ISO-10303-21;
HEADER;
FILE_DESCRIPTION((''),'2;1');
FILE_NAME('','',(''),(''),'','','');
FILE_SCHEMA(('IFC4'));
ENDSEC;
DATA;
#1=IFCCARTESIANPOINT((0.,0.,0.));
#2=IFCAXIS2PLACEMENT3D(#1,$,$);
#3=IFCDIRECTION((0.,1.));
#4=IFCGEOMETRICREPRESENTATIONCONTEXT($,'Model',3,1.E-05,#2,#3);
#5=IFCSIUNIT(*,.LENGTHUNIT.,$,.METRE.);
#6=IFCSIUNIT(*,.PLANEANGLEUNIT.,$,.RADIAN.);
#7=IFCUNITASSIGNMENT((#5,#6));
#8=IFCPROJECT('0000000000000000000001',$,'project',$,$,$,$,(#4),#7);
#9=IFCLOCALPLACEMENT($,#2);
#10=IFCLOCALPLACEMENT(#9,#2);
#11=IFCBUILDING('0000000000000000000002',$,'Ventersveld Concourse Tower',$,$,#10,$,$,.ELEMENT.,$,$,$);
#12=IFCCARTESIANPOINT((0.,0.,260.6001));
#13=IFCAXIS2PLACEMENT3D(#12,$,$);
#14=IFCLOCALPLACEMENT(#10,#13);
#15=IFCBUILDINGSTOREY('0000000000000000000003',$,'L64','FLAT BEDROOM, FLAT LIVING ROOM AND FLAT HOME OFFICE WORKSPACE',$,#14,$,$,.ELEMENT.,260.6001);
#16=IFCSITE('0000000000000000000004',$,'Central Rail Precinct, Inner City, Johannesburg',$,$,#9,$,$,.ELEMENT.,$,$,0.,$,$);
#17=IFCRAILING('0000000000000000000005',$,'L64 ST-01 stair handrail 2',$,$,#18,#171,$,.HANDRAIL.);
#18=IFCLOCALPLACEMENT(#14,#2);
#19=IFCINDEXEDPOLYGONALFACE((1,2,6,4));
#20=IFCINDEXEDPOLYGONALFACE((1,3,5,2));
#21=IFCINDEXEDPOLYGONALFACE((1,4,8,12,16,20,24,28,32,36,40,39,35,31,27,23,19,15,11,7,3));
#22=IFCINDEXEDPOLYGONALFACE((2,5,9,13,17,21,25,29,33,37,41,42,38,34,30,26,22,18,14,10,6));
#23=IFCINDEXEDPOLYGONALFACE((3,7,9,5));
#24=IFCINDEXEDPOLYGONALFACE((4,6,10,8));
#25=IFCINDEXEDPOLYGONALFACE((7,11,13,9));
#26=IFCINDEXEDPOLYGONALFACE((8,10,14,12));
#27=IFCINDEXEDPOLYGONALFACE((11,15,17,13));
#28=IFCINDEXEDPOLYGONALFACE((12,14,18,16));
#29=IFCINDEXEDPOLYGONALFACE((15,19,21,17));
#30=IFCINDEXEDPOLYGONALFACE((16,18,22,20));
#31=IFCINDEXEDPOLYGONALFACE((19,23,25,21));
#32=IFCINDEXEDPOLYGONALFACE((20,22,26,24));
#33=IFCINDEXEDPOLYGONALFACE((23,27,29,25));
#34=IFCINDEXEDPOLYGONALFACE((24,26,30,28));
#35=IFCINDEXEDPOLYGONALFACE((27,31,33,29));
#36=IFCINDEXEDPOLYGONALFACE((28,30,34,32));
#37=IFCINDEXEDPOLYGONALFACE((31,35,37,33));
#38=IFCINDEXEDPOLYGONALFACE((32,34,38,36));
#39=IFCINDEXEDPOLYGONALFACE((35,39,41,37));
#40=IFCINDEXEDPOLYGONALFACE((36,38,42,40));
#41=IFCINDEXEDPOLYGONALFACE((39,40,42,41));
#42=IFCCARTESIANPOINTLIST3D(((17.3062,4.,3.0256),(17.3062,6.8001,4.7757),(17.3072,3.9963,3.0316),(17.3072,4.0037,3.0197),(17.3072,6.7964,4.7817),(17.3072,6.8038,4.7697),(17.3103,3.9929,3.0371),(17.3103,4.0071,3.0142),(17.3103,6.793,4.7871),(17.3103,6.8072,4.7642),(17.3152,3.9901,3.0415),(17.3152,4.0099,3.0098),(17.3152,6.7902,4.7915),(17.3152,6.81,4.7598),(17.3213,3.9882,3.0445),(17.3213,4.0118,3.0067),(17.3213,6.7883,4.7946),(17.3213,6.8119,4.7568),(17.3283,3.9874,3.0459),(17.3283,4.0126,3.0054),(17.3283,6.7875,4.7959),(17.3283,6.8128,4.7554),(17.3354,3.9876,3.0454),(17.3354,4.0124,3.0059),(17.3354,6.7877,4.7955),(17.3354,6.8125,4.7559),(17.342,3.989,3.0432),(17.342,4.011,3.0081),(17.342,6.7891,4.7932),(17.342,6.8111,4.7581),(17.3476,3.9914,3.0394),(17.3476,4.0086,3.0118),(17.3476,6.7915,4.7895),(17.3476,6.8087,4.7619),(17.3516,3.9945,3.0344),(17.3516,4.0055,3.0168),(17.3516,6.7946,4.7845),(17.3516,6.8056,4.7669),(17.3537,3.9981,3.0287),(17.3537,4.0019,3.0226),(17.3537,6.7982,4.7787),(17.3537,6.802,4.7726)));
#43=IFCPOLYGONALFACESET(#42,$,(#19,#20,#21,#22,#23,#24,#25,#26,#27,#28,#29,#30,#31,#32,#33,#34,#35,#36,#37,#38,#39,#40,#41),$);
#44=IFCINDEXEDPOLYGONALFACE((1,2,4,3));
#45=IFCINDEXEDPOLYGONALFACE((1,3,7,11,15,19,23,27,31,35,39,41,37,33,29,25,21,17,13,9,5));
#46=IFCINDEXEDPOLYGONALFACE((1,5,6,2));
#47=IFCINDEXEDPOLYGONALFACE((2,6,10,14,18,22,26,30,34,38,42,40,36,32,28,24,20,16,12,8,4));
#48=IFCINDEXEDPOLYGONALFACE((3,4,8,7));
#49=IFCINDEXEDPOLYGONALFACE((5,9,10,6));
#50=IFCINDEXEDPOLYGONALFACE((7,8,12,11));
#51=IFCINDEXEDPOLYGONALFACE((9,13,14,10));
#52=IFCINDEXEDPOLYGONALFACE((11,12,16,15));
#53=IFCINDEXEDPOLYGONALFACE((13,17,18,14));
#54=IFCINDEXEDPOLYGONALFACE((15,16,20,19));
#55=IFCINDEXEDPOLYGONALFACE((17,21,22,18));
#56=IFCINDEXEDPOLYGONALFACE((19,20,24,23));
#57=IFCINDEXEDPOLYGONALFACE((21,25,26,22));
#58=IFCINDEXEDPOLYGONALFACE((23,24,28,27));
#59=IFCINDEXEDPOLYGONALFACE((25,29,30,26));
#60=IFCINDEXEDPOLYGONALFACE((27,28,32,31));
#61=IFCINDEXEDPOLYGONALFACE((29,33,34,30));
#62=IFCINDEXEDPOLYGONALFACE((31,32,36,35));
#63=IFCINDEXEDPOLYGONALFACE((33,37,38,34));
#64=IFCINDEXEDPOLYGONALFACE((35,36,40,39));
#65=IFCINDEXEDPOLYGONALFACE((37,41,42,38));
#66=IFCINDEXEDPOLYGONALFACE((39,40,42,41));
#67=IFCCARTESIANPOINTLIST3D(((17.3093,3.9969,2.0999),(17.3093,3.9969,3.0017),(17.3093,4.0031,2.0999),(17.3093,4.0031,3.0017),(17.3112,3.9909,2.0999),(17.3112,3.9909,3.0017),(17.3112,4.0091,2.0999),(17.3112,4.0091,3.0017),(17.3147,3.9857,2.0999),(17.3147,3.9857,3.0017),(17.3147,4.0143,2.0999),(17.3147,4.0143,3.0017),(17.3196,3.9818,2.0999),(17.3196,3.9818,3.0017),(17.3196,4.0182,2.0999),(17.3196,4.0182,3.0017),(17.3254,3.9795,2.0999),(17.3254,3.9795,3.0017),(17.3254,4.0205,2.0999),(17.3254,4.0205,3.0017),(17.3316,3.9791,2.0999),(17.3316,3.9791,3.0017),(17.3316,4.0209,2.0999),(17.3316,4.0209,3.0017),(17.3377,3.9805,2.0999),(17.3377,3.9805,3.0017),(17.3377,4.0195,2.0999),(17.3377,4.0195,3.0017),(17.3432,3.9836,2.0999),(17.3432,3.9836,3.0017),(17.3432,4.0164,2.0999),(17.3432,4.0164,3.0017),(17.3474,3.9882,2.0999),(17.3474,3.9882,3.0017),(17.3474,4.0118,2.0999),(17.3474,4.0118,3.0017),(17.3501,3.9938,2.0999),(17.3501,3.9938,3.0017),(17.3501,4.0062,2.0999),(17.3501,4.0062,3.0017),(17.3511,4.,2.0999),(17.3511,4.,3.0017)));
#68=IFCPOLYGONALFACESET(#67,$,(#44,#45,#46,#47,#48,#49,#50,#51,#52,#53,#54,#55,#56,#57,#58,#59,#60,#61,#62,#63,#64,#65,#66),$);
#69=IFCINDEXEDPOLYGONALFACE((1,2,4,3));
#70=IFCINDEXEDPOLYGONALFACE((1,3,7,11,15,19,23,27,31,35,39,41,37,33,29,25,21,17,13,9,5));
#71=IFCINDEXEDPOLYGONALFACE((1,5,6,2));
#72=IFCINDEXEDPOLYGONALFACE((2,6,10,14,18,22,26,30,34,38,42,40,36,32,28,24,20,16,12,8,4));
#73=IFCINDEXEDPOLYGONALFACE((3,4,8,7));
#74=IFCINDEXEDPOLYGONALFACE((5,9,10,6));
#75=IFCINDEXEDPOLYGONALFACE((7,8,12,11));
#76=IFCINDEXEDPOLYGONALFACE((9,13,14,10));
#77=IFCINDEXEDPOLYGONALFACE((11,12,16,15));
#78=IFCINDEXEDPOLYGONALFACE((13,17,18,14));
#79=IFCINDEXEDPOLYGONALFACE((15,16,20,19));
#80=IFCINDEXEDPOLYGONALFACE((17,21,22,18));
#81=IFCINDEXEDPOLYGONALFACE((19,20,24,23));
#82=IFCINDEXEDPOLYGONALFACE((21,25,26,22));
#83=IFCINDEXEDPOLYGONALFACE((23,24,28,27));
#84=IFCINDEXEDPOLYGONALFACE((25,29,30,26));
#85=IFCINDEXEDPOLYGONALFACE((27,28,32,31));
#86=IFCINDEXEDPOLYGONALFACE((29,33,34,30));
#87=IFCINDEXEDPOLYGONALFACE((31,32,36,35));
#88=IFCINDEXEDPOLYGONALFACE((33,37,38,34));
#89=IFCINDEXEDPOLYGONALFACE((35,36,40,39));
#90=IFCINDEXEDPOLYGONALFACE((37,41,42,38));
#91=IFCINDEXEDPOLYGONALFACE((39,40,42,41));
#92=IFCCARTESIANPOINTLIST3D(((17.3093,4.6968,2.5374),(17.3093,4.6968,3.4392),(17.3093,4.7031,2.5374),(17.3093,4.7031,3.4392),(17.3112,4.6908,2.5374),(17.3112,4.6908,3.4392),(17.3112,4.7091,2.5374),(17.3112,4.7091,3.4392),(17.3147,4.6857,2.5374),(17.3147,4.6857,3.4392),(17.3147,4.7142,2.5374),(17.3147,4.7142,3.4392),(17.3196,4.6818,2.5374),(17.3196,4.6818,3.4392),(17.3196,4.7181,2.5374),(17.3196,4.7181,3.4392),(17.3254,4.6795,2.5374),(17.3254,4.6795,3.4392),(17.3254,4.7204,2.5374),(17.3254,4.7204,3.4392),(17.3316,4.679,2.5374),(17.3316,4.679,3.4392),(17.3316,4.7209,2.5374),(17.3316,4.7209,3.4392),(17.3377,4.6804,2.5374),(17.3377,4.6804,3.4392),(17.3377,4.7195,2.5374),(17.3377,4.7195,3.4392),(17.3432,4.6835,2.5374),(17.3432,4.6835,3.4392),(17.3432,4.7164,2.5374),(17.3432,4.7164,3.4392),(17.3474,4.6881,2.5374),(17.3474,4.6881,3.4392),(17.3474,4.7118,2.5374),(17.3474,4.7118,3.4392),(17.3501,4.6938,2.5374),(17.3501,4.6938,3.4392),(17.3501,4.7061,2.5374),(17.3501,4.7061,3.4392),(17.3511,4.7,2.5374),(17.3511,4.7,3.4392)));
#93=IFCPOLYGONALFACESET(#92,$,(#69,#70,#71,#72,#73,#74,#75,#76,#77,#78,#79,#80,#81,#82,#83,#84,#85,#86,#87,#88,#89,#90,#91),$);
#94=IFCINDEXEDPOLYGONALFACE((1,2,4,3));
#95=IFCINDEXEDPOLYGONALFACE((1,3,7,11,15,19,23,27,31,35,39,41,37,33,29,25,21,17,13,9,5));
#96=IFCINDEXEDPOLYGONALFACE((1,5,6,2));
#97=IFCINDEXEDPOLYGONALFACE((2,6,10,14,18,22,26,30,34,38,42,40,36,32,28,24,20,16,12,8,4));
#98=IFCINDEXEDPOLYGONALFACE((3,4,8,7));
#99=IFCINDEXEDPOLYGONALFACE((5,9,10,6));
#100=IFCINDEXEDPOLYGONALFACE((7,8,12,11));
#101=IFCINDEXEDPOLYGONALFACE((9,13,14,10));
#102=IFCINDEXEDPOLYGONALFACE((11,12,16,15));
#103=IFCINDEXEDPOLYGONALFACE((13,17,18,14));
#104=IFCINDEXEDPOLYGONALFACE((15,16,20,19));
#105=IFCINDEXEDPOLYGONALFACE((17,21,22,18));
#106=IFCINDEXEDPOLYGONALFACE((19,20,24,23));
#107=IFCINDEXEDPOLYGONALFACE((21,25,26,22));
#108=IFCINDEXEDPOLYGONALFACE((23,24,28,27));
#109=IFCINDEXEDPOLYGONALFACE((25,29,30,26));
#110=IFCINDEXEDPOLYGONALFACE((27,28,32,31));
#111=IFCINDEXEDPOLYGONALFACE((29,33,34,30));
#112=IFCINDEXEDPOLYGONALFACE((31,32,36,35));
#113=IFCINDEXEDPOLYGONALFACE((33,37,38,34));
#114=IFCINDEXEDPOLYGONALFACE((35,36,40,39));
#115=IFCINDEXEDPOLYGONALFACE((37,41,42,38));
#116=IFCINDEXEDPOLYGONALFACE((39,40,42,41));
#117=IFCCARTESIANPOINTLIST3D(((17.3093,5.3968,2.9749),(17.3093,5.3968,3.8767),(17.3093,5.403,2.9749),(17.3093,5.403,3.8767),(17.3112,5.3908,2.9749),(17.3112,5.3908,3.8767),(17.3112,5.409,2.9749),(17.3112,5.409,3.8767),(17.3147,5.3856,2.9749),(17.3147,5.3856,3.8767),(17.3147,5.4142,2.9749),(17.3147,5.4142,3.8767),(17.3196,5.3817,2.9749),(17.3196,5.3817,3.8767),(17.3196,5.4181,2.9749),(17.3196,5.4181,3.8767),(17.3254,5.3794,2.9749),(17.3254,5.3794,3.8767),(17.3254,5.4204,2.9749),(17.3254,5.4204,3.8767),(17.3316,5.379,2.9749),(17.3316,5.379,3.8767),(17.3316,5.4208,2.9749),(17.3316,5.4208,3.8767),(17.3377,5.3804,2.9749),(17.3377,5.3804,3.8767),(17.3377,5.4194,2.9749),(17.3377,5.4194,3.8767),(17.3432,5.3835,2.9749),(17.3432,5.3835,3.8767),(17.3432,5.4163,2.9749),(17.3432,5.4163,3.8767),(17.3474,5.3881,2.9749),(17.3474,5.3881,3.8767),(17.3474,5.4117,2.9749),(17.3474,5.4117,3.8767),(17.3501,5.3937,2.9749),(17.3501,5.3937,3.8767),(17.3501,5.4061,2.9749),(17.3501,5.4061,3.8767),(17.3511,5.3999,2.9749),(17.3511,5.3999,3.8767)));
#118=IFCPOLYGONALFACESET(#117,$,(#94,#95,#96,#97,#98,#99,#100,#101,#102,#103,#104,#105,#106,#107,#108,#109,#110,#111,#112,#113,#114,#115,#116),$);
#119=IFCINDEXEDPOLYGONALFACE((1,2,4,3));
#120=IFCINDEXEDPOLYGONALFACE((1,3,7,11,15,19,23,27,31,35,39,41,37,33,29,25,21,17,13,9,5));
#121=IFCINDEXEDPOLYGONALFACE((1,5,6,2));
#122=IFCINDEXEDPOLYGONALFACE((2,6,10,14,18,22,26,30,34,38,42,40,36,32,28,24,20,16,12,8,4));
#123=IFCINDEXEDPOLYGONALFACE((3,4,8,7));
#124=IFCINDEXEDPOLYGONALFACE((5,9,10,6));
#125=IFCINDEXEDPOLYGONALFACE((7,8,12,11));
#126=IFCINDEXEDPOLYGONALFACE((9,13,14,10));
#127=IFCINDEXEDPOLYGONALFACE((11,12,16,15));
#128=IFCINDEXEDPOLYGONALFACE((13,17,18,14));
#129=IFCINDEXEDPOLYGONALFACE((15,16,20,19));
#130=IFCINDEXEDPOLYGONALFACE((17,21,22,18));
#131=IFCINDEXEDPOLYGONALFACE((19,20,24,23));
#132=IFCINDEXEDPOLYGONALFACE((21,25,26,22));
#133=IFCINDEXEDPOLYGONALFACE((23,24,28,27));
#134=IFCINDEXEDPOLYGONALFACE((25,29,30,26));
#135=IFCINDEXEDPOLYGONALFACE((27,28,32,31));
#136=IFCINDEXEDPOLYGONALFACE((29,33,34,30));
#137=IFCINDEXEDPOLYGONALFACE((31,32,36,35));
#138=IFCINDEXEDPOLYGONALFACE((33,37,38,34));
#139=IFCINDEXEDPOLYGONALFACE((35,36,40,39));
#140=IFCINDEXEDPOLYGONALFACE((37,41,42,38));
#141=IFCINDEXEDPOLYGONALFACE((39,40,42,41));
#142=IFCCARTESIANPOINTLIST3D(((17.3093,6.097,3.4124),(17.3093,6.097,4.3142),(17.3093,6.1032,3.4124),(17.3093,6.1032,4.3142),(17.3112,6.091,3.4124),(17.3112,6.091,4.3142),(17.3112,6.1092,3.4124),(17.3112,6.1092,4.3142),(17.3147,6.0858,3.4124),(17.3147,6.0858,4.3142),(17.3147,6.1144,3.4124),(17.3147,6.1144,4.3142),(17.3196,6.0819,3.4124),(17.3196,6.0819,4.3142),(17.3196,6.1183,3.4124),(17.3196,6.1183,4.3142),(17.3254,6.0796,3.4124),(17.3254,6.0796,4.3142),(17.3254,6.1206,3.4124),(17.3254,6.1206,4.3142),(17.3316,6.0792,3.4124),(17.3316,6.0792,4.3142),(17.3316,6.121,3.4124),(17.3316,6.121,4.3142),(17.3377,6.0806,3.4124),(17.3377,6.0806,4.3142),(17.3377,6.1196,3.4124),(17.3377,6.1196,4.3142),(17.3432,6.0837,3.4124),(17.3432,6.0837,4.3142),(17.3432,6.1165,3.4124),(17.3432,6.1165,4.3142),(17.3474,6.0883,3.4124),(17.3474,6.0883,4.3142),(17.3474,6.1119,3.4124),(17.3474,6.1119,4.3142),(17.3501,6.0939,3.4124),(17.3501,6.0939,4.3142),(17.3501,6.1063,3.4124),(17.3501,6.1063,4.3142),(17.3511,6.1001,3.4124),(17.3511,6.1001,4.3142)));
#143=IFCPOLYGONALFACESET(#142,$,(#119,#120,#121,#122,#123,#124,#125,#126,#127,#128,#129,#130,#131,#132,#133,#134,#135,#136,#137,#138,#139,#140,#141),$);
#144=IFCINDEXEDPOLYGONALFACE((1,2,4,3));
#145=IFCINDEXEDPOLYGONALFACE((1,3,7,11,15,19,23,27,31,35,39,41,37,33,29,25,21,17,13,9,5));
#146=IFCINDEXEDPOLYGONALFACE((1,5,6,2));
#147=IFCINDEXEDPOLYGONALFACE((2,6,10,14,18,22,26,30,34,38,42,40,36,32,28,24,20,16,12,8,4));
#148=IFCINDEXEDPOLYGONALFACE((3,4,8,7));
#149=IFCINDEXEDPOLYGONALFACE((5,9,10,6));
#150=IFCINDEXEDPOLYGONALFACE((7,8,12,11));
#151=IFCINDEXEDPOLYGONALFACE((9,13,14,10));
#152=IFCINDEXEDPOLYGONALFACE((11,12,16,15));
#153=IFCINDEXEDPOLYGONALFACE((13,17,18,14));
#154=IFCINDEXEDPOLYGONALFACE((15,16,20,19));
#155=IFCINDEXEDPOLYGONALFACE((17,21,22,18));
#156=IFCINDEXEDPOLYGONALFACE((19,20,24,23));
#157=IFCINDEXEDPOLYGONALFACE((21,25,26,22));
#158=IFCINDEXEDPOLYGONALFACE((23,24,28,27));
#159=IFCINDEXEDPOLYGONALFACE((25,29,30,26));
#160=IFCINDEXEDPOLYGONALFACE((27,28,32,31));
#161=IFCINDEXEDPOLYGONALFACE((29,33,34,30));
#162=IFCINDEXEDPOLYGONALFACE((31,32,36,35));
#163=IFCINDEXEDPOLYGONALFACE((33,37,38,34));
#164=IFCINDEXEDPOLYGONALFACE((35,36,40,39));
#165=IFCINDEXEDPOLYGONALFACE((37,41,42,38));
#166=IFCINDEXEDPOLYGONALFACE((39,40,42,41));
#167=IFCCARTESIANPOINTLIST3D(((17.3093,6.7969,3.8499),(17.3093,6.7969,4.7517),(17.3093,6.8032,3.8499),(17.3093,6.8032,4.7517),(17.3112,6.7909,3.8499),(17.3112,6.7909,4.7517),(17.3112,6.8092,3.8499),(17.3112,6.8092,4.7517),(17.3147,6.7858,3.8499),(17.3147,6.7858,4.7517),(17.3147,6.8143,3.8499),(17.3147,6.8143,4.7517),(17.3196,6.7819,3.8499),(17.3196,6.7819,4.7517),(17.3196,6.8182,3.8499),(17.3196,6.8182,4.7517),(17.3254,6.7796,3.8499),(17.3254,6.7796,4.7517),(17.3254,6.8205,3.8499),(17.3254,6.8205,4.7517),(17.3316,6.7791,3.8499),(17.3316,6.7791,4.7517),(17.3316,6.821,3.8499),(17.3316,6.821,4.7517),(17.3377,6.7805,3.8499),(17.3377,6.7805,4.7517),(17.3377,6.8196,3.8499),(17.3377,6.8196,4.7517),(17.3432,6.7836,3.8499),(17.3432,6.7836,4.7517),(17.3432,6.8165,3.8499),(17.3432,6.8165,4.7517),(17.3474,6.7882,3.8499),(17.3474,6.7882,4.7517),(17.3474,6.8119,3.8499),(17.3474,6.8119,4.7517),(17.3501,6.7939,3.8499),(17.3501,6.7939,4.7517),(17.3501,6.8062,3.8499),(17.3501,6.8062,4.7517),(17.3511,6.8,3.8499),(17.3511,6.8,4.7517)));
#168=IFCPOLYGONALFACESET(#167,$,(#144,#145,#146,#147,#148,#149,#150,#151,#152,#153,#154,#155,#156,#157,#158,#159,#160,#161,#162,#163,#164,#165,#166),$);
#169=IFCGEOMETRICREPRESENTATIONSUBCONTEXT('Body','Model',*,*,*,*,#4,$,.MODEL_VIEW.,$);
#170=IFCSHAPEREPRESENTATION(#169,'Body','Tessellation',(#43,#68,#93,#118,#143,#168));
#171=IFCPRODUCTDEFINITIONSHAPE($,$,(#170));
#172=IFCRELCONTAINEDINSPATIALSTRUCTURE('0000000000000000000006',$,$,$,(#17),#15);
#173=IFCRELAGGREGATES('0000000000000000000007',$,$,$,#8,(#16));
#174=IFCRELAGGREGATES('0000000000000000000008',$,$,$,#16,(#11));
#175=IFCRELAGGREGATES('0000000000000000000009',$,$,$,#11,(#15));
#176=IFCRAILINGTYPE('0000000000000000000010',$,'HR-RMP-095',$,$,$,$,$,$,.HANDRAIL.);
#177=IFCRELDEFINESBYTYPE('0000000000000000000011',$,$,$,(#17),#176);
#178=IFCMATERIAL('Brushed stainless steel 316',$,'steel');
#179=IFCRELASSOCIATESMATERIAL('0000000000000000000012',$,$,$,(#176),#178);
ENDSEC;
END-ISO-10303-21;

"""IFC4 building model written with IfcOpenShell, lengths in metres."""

from ifc_helpers import new_model, si_unit, direction, frame, origin, origin_2d, place, context, subcontext, project, spatial, circle, extrude, material, type_object, element, save


model = new_model("IFC4")

# Units and contexts
model_context = context("Model", 3, precision=1e-05, world=origin(), true_north=direction((0.0, 1.0)))
body_context = subcontext(model_context, "Body", "Model", "MODEL_VIEW")
ifc_project = project(units=[si_unit("LENGTHUNIT", "METRE"), si_unit("PLANEANGLEUNIT", "RADIAN")], contexts=[model_context])

# Site, building, storey
site_placement = place(None, origin())
site = spatial("IfcSite", under=ifc_project, at=site_placement, Name="Central Rail Precinct, Inner City, Johannesburg", CompositionType="ELEMENT", RefElevation=0.0)
building_placement = place(site_placement, origin())
building = spatial("IfcBuilding", under=site, at=building_placement, Name="Ventersveld Concourse Tower", CompositionType="ELEMENT")
storey_placement = place(building_placement, frame((0.0, 0.0, 260.6001)))
storey = spatial("IfcBuildingStorey", under=building, at=storey_placement, Name="L64", Description="FLAT BEDROOM, FLAT LIVING ROOM AND FLAT HOME OFFICE WORKSPACE", CompositionType="ELEMENT", Elevation=260.6001)

# Railing
ifc_material_1 = material(Name="Brushed stainless steel 316", Category="steel")
railing_type_1 = type_object("IfcRailingType", Name="HR-RMP-095", PredefinedType="HANDRAIL", material=ifc_material_1)
railing_1_placement = place(storey_placement, frame((17.3301, 4.0, 2.0999)))
element("IfcRailing", 1, at=railing_1_placement, inside=storey, type_object=railing_type_1, Name="L64 ST-01 stair handrail 2", PredefinedType="HANDRAIL", context=body_context, shape_type="SweptSolid", body=[
    extrude(circle(Radius=0.0239, at=origin_2d()), frame((0.0, 0.0, 0.9258), z_axis=(0.0, 0.848002, 0.529992), x_axis=(-1.0, 0.0, 0.0)), (0.0, 0.0, 1.0), 3.302),
    extrude(circle(Radius=0.021, at=origin_2d()), origin(), (0.0, 0.0, 1.0), 0.9019),
    extrude(circle(Radius=0.021, at=origin_2d()), frame((0.0, 0.7, 0.4375)), (0.0, 0.0, 1.0), 0.9019),
    extrude(circle(Radius=0.021, at=origin_2d()), frame((0.0, 1.3999, 0.875)), (0.0, 0.0, 1.0), 0.9019),
    extrude(circle(Radius=0.021, at=origin_2d()), frame((0.0, 2.1001, 1.3125)), (0.0, 0.0, 1.0), 0.9019),
    extrude(circle(Radius=0.021, at=origin_2d()), frame((0.0, 2.8, 1.75)), (0.0, 0.0, 1.0), 0.9019),
])

save(model, "model.ifc")
